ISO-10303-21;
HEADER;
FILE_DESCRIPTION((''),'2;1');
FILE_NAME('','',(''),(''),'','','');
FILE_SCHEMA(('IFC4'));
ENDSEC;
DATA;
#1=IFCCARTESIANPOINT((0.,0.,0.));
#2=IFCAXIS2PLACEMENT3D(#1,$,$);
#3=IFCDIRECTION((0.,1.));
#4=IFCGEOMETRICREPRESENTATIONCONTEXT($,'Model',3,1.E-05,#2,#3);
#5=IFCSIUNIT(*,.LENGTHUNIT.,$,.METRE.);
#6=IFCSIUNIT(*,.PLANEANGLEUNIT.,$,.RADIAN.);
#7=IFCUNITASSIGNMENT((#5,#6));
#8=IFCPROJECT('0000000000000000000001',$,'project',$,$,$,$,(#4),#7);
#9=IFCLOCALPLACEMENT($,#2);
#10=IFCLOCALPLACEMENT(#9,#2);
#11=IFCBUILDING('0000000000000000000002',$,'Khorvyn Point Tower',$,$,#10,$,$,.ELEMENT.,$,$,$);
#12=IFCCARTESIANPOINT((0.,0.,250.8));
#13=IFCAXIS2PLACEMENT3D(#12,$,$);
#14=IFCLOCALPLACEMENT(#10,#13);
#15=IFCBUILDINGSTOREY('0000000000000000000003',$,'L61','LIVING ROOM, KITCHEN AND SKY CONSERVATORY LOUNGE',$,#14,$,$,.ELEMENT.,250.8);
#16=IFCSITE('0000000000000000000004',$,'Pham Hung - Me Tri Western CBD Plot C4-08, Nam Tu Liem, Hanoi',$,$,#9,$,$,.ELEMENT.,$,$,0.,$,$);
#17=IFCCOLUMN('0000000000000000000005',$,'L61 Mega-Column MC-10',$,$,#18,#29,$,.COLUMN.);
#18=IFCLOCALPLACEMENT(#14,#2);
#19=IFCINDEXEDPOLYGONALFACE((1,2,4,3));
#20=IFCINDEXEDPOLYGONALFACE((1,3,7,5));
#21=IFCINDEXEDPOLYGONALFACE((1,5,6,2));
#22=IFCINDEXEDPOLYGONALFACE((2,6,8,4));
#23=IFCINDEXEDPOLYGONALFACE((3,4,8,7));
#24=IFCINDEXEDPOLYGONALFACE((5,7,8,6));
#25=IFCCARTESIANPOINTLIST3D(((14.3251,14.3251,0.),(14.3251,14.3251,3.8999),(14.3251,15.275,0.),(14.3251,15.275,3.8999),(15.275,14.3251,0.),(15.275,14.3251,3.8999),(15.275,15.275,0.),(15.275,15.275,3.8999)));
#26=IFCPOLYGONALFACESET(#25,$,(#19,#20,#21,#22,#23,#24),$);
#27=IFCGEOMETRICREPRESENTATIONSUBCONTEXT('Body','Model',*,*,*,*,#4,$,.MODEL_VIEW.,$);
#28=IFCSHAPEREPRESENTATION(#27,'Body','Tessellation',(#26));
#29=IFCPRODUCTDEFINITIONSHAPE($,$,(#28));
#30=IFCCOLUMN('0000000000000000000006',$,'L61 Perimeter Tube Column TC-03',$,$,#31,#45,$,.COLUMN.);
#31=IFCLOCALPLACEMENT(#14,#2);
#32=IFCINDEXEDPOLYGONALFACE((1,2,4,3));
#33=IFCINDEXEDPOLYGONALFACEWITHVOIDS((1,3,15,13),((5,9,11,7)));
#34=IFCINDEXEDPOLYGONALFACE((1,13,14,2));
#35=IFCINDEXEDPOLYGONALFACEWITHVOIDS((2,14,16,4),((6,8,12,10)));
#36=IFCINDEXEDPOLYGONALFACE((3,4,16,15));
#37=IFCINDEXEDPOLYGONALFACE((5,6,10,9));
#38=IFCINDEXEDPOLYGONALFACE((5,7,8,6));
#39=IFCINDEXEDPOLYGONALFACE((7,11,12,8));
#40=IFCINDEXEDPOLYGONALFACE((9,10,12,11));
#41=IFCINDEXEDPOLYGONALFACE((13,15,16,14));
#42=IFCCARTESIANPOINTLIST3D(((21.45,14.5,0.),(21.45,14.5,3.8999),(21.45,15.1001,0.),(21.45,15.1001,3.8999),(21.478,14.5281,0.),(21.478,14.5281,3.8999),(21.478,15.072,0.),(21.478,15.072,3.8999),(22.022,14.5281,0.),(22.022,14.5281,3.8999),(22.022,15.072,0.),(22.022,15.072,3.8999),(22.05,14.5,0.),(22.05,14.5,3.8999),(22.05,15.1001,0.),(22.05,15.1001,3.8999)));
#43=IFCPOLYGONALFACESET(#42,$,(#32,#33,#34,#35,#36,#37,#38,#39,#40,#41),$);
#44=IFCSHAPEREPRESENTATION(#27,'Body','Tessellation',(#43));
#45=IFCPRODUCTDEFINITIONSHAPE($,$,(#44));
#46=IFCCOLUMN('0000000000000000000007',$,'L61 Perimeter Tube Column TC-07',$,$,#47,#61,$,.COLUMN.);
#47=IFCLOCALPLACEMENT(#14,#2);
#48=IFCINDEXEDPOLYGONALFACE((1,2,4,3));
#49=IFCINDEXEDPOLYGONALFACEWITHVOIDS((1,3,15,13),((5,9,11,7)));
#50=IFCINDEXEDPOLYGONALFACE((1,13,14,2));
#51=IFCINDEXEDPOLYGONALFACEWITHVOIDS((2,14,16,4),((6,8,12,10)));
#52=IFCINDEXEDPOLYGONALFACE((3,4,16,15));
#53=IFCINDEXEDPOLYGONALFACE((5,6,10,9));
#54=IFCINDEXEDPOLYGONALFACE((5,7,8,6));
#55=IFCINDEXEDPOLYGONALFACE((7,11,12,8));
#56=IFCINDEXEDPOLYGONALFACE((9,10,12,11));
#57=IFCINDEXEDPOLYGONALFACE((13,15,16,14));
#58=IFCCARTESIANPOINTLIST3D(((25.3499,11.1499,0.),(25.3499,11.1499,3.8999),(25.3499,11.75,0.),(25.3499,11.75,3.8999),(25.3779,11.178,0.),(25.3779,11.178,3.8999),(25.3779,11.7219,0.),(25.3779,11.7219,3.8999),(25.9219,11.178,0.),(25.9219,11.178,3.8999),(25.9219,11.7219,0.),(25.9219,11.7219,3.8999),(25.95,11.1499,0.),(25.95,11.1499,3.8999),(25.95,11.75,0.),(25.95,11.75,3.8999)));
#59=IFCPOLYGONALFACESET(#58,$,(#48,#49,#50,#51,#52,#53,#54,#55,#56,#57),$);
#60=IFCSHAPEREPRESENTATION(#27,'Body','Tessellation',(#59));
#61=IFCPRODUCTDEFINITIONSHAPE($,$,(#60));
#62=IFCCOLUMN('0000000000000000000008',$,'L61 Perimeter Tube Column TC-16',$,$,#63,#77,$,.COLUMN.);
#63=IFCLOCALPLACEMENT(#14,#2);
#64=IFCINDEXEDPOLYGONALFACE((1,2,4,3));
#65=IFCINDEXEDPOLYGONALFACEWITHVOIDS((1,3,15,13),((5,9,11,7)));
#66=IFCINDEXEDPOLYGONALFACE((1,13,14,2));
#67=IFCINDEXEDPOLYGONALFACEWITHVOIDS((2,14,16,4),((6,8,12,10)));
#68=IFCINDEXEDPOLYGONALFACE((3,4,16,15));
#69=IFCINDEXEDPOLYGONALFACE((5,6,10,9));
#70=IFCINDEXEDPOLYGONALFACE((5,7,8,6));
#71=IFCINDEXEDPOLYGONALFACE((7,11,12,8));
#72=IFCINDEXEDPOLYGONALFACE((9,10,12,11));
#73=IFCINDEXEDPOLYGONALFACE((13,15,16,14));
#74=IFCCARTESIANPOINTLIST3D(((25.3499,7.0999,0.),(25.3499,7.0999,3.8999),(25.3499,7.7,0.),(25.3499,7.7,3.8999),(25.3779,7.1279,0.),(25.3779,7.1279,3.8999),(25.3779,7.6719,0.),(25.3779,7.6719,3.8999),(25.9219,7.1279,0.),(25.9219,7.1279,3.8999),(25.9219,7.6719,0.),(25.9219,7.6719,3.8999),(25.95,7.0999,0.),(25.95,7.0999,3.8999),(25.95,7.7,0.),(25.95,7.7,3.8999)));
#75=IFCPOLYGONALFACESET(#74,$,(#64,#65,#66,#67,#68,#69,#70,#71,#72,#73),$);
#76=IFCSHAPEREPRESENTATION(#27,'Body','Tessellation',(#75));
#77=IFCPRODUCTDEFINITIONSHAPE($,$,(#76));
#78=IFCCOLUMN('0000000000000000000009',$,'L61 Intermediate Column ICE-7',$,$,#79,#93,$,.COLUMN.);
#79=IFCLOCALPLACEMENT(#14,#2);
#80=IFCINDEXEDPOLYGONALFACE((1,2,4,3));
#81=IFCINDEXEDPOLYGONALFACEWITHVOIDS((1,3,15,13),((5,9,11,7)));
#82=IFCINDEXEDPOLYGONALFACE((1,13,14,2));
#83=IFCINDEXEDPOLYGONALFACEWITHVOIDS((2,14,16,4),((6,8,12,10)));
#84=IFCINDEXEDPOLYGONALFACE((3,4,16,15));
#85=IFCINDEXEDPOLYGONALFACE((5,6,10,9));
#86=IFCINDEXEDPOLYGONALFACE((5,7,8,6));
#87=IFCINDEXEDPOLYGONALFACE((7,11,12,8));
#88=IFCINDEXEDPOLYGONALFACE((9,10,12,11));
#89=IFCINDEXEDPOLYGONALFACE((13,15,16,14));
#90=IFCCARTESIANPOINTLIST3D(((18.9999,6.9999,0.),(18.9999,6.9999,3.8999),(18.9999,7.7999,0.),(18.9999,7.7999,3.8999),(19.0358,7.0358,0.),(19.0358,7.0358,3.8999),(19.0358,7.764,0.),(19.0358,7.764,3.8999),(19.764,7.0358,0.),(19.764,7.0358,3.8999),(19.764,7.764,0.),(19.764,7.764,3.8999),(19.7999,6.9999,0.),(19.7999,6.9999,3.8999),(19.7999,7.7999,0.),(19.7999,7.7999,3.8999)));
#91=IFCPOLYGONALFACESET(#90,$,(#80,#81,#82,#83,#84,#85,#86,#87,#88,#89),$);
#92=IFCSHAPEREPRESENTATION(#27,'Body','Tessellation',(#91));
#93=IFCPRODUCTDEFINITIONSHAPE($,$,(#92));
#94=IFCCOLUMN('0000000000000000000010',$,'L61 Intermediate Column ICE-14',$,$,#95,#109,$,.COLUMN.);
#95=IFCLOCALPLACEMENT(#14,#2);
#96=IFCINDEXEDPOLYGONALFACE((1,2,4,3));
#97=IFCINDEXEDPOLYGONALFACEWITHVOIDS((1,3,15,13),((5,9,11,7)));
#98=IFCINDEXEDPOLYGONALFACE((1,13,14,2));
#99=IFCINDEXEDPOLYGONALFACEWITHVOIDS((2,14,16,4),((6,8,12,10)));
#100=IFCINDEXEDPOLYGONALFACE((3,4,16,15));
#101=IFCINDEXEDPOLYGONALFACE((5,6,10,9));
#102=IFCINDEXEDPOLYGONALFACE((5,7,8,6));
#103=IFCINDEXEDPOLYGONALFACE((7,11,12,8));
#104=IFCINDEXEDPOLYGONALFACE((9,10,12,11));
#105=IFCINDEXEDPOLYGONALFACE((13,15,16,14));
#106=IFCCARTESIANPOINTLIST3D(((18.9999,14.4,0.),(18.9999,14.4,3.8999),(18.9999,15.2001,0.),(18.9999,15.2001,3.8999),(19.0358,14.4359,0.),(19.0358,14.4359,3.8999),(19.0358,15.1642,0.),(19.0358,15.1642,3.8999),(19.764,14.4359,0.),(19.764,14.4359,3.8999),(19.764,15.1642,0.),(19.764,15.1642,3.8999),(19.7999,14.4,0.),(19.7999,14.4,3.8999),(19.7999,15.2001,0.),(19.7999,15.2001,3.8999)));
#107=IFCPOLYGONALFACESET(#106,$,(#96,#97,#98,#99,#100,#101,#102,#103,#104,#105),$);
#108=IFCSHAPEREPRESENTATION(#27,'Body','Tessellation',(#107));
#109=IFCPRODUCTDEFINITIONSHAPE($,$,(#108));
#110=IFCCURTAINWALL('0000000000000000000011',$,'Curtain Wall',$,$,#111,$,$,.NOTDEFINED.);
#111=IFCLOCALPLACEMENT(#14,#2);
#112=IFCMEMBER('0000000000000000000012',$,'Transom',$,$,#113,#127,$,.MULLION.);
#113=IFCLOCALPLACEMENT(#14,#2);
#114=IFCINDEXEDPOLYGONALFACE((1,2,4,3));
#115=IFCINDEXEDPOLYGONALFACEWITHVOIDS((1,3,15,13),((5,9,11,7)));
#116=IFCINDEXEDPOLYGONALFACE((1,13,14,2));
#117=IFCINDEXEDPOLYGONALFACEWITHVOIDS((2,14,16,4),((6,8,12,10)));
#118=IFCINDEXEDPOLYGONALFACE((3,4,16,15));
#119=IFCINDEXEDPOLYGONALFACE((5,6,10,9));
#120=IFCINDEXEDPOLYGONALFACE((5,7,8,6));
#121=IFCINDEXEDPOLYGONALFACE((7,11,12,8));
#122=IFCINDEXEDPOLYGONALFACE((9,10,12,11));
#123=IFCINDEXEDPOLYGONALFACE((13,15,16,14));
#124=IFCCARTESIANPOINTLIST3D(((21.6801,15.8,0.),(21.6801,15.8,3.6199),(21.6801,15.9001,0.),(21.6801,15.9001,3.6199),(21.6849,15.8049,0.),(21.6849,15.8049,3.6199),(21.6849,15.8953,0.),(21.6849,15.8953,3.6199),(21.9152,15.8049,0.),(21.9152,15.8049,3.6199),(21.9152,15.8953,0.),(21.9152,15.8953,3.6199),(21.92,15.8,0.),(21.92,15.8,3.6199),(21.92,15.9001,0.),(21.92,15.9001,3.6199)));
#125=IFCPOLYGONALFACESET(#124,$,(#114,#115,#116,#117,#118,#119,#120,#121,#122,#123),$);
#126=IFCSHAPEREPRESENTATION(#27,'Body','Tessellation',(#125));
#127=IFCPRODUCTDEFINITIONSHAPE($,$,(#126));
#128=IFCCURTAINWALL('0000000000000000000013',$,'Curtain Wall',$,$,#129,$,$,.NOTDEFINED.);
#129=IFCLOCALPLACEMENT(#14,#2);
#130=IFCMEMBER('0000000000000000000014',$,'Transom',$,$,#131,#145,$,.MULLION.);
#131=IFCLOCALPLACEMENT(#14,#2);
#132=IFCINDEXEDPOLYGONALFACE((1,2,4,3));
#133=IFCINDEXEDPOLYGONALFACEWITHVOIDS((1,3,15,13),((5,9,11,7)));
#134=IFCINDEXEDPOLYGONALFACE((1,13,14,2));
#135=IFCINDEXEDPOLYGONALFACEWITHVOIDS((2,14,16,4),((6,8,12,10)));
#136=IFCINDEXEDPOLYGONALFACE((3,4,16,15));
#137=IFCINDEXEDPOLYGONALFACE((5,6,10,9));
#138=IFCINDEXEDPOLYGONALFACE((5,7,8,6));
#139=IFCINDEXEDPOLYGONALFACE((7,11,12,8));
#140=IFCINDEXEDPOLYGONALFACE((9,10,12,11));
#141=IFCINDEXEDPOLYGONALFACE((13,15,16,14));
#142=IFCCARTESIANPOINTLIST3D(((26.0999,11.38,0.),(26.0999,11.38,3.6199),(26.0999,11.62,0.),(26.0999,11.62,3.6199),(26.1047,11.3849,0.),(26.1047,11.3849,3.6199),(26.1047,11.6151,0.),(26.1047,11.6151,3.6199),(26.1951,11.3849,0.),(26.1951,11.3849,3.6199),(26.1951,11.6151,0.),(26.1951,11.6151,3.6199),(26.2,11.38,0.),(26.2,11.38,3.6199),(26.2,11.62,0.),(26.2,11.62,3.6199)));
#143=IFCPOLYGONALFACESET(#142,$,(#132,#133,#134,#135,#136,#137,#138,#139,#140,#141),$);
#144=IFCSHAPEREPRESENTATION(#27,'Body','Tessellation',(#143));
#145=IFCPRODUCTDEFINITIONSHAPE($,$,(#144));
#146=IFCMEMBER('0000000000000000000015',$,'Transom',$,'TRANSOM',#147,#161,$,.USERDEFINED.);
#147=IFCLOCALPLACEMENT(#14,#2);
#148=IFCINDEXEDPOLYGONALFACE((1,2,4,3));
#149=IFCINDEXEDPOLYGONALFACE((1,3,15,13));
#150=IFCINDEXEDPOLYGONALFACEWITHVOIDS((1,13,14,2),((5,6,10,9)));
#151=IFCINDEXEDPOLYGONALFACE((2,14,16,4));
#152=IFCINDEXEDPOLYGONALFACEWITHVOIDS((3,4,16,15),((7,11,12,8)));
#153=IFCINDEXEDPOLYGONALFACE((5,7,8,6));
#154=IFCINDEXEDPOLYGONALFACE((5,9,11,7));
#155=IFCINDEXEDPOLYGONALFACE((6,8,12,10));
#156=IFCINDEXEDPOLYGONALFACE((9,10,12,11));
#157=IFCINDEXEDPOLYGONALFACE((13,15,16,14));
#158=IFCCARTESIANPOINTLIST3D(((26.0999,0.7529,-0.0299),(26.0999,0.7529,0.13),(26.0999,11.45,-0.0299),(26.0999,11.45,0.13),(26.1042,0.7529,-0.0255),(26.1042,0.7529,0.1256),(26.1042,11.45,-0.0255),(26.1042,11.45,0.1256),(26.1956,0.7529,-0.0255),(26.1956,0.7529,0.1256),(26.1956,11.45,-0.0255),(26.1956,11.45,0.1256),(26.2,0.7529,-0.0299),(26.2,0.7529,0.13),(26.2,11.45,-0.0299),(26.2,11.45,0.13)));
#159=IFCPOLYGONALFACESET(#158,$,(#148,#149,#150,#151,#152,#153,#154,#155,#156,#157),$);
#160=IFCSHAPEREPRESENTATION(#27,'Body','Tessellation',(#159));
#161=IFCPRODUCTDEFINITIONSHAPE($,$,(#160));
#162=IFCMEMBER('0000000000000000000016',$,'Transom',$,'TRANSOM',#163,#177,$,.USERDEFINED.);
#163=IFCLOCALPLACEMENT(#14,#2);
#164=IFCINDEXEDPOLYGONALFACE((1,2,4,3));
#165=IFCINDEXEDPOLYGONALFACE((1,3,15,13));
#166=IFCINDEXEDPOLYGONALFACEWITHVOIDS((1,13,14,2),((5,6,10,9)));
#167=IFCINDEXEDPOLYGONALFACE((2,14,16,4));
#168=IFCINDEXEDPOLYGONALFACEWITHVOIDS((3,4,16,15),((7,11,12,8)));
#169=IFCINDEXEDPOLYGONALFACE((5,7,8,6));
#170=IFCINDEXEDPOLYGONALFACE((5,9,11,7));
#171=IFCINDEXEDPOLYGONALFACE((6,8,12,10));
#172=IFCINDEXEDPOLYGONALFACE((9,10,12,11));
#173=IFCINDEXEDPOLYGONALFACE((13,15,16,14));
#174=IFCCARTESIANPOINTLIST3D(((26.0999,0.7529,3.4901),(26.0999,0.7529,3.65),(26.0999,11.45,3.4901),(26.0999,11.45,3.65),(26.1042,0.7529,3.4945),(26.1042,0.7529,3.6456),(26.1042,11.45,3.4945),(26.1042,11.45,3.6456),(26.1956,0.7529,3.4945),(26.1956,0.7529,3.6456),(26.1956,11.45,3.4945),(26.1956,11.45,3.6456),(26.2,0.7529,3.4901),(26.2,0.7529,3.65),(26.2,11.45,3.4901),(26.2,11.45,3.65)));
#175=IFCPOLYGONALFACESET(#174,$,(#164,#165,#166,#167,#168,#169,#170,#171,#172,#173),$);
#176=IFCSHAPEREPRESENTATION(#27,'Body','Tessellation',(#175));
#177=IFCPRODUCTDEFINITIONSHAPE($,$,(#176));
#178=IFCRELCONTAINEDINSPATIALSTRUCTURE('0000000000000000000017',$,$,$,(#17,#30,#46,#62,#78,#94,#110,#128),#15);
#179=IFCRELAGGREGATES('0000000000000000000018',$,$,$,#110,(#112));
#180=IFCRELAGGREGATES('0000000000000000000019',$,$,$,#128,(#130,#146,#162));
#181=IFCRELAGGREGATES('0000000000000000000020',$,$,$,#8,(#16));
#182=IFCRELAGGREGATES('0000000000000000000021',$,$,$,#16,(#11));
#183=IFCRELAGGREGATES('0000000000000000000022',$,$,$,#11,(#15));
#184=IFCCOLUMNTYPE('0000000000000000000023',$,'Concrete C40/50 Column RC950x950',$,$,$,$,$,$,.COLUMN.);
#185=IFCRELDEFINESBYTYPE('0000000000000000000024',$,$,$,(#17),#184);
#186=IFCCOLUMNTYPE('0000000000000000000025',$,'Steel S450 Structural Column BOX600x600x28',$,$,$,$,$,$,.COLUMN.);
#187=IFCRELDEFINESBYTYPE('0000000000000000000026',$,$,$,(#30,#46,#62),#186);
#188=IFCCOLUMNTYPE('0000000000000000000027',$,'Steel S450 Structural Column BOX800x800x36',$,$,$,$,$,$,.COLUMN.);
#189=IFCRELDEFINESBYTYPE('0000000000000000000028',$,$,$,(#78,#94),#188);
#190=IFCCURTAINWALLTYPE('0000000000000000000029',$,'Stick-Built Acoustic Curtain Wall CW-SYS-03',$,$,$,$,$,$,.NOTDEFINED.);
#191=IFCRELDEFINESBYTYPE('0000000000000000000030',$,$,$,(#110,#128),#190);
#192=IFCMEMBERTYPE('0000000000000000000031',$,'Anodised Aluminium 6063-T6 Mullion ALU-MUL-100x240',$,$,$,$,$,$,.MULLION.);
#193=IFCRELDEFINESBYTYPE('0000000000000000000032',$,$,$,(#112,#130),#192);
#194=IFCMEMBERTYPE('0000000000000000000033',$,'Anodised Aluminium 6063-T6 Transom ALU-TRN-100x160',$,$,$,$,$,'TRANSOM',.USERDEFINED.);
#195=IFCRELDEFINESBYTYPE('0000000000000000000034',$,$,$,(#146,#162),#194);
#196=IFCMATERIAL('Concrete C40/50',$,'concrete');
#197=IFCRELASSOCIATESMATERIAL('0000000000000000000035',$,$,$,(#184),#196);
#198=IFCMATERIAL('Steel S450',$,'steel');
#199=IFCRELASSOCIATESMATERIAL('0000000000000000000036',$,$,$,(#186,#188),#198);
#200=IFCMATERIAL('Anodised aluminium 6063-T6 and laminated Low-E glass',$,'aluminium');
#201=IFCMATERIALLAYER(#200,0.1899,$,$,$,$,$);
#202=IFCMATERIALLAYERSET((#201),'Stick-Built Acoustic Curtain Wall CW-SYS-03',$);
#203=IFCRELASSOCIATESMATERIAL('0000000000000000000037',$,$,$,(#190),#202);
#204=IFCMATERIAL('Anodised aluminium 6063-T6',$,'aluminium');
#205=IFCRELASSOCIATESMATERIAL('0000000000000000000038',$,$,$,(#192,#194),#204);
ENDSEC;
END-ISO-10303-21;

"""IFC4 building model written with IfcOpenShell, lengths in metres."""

from ifc_helpers import new_model, si_unit, direction, frame, origin, origin_2d, place, context, subcontext, project, spatial, rectangle, hollow_rectangle, extrude, material, layer, layer_set, material_profile, profile_set, type_object, element, aggregate, save


model = new_model("IFC4")

# Units and contexts
model_context = context("Model", 3, precision=1e-05, world=origin(), true_north=direction((0.0, 1.0)))
body_context = subcontext(model_context, "Body", "Model", "MODEL_VIEW")
ifc_project = project(units=[si_unit("LENGTHUNIT", "METRE"), si_unit("PLANEANGLEUNIT", "RADIAN")], contexts=[model_context])

# Site, building, storey
site_placement = place(None, origin())
site = spatial("IfcSite", under=ifc_project, at=site_placement, Name="Pham Hung - Me Tri Western CBD Plot C4-08, Nam Tu Liem, Hanoi", CompositionType="ELEMENT", RefElevation=0.0)
building_placement = place(site_placement, origin())
building = spatial("IfcBuilding", under=site, at=building_placement, Name="Khorvyn Point Tower", CompositionType="ELEMENT")
storey_placement = place(building_placement, frame((0.0, 0.0, 250.8)))
storey = spatial("IfcBuildingStorey", under=building, at=storey_placement, Name="L61", Description="LIVING ROOM, KITCHEN AND SKY CONSERVATORY LOUNGE", CompositionType="ELEMENT", Elevation=250.8)

# Columns
ifc_material_1 = material(Name="Concrete C40/50", Category="concrete")
ifc_material_profile_1 = material_profile(ifc_material_1, rectangle(XDim=0.95, YDim=0.95, at=origin_2d()))
ifc_profile_set_1 = profile_set([ifc_material_profile_1], Name="Concrete C40/50 RC950x950")
column_type_1 = type_object("IfcColumnType", Name="Concrete C40/50 Column RC950x950", PredefinedType="COLUMN", material=ifc_profile_set_1)
column_placement = place(storey_placement, frame((14.8, 14.8, 0.0), z_axis=(0.0, 0.0, 1.0), x_axis=(1.0, 0.0, 0.0)))
element("IfcColumn", 1, at=column_placement, inside=storey, type_object=column_type_1, Name="L61 Mega-Column MC-10", PredefinedType="COLUMN", context=body_context, shape_type="SweptSolid", body=[
    extrude(rectangle(XDim=0.95, YDim=0.95, at=origin_2d()), origin(), (0.0, 0.0, 1.0), 3.8999),
])
ifc_material_2 = material(Name="Steel S450", Category="steel")
ifc_material_profile_2 = material_profile(ifc_material_2, hollow_rectangle(XDim=0.6001, YDim=0.6001, WallThickness=0.0281, at=origin_2d()))
ifc_profile_set_2 = profile_set([ifc_material_profile_2], Name="Steel S450 BOX600x600x28")
column_type_2 = type_object("IfcColumnType", Name="Steel S450 Structural Column BOX600x600x28", PredefinedType="COLUMN", material=ifc_profile_set_2)
for number, where, z_axis, x_axis, name in (
    (2, (21.75, 14.8, 0.0), (0.0, 0.0, 1.0), (1.0, 0.0, 0.0), "L61 Perimeter Tube Column TC-03"),
    (3, (25.6499, 11.45, 0.0), (0.0, 0.0, 1.0), (1.0, 0.0, 0.0), "L61 Perimeter Tube Column TC-07"),
    (4, (25.6499, 7.3999, 0.0), (0.0, 0.0, 1.0), (1.0, 0.0, 0.0), "L61 Perimeter Tube Column TC-16"),
):
    element("IfcColumn", number, at=place(storey_placement, frame(where, z_axis=z_axis, x_axis=x_axis)), inside=storey, type_object=column_type_2, Name=name, PredefinedType="COLUMN", context=body_context, shape_type="SweptSolid", body=[
        extrude(hollow_rectangle(XDim=0.6001, YDim=0.6001, WallThickness=0.0281, at=origin_2d()), origin(), (0.0, 0.0, 1.0), 3.8999),
    ])
ifc_material_profile_3 = material_profile(ifc_material_2, hollow_rectangle(XDim=0.8, YDim=0.8, WallThickness=0.0359, at=origin_2d()))
ifc_profile_set_3 = profile_set([ifc_material_profile_3], Name="Steel S450 BOX800x800x36")
column_type_3 = type_object("IfcColumnType", Name="Steel S450 Structural Column BOX800x800x36", PredefinedType="COLUMN", material=ifc_profile_set_3)
for number, where, z_axis, x_axis, name in (
    (5, (19.3999, 7.3999, 0.0), (0.0, 0.0, 1.0), (1.0, 0.0, 0.0), "L61 Intermediate Column ICE-7"),
    (6, (19.3999, 14.8, 0.0), (0.0, 0.0, 1.0), (1.0, 0.0, 0.0), "L61 Intermediate Column ICE-14"),
):
    element("IfcColumn", number, at=place(storey_placement, frame(where, z_axis=z_axis, x_axis=x_axis)), inside=storey, type_object=column_type_3, Name=name, PredefinedType="COLUMN", context=body_context, shape_type="SweptSolid", body=[
        extrude(hollow_rectangle(XDim=0.8, YDim=0.8, WallThickness=0.0359, at=origin_2d()), origin(), (0.0, 0.0, 1.0), 3.8999),
    ])

# Curtain wall, member
ifc_material_3 = material(Name="Anodised aluminium 6063-T6 and laminated Low-E glass", Category="aluminium")
ifc_layer_1 = layer(ifc_material_3, 0.1899)
ifc_layer_set_1 = layer_set([ifc_layer_1], Name="Stick-Built Acoustic Curtain Wall CW-SYS-03")
curtain_wall_type = type_object("IfcCurtainWallType", Name="Stick-Built Acoustic Curtain Wall CW-SYS-03", PredefinedType="NOTDEFINED", material=ifc_layer_set_1)
curtain_wall_1_placement = place(storey_placement, origin())
curtain_wall_1 = element("IfcCurtainWall", 7, at=curtain_wall_1_placement, inside=storey, type_object=curtain_wall_type, Name="Curtain Wall", PredefinedType="NOTDEFINED")
ifc_material_4 = material(Name="Anodised aluminium 6063-T6", Category="aluminium")
ifc_material_profile_4 = material_profile(ifc_material_4, hollow_rectangle(XDim=0.1001, YDim=0.24, WallThickness=0.0049, at=origin_2d()))
ifc_profile_set_4 = profile_set([ifc_material_profile_4], Name="Anodised aluminium 6063-T6 ALU-MUL-100x240")
member_type_1 = type_object("IfcMemberType", Name="Anodised Aluminium 6063-T6 Mullion ALU-MUL-100x240", PredefinedType="MULLION", material=ifc_profile_set_4)
member_1_placement = place(storey_placement, frame((21.8, 15.8501, 0.0), z_axis=(0.0, 0.0, 1.0), x_axis=(0.0, 1.0, 0.0)))
member_1 = element("IfcMember", 8, at=member_1_placement, type_object=member_type_1, Name="Transom", PredefinedType="MULLION", context=body_context, shape_type="SweptSolid", body=[
    extrude(hollow_rectangle(XDim=0.1001, YDim=0.24, WallThickness=0.0049, at=origin_2d()), origin(), (0.0, 0.0, 1.0), 3.6199),
])
aggregate(curtain_wall_1, [member_1])

# Curtain wall, members
curtain_wall_2_placement = place(storey_placement, origin())
curtain_wall_2 = element("IfcCurtainWall", 9, at=curtain_wall_2_placement, inside=storey, type_object=curtain_wall_type, Name="Curtain Wall", PredefinedType="NOTDEFINED")
member_2_placement = place(storey_placement, frame((26.1499, 11.5, 0.0), z_axis=(0.0, 0.0, 1.0), x_axis=(1.0, 0.0, 0.0)))
member_2 = element("IfcMember", 10, at=member_2_placement, type_object=member_type_1, Name="Transom", PredefinedType="MULLION", context=body_context, shape_type="SweptSolid", body=[
    extrude(hollow_rectangle(XDim=0.1001, YDim=0.24, WallThickness=0.0049, at=origin_2d()), origin(), (0.0, 0.0, 1.0), 3.6199),
])
ifc_material_profile_5 = material_profile(ifc_material_4, hollow_rectangle(XDim=0.1001, YDim=0.1599, WallThickness=0.0044, at=origin_2d()))
ifc_profile_set_5 = profile_set([ifc_material_profile_5], Name="Anodised aluminium 6063-T6 ALU-TRN-100x160")
member_type_2 = type_object("IfcMemberType", Name="Anodised Aluminium 6063-T6 Transom ALU-TRN-100x160", ElementType="TRANSOM", PredefinedType="USERDEFINED", material=ifc_profile_set_5)
member_3_placement = place(storey_placement, frame((26.1499, 11.45, 0.05), z_axis=(0.0, -1.0, 0.0), x_axis=(1.0, 0.0, 0.0)))
member_3 = element("IfcMember", 11, at=member_3_placement, type_object=member_type_2, Name="Transom", ObjectType="TRANSOM", PredefinedType="USERDEFINED", context=body_context, shape_type="SweptSolid", body=[
    extrude(hollow_rectangle(XDim=0.1001, YDim=0.1599, WallThickness=0.0044, at=origin_2d()), origin(), (0.0, 0.0, 1.0), 10.697),
])
member_4_placement = place(storey_placement, frame((26.1499, 11.45, 3.5701), z_axis=(0.0, -1.0, 0.0), x_axis=(1.0, 0.0, 0.0)))
member_4 = element("IfcMember", 12, at=member_4_placement, type_object=member_type_2, Name="Transom", ObjectType="TRANSOM", PredefinedType="USERDEFINED", context=body_context, shape_type="SweptSolid", body=[
    extrude(hollow_rectangle(XDim=0.1001, YDim=0.1599, WallThickness=0.0044, at=origin_2d()), origin(), (0.0, 0.0, 1.0), 10.697),
])
aggregate(curtain_wall_2, [member_2, member_3, member_4])

save(model, "model.ifc")
